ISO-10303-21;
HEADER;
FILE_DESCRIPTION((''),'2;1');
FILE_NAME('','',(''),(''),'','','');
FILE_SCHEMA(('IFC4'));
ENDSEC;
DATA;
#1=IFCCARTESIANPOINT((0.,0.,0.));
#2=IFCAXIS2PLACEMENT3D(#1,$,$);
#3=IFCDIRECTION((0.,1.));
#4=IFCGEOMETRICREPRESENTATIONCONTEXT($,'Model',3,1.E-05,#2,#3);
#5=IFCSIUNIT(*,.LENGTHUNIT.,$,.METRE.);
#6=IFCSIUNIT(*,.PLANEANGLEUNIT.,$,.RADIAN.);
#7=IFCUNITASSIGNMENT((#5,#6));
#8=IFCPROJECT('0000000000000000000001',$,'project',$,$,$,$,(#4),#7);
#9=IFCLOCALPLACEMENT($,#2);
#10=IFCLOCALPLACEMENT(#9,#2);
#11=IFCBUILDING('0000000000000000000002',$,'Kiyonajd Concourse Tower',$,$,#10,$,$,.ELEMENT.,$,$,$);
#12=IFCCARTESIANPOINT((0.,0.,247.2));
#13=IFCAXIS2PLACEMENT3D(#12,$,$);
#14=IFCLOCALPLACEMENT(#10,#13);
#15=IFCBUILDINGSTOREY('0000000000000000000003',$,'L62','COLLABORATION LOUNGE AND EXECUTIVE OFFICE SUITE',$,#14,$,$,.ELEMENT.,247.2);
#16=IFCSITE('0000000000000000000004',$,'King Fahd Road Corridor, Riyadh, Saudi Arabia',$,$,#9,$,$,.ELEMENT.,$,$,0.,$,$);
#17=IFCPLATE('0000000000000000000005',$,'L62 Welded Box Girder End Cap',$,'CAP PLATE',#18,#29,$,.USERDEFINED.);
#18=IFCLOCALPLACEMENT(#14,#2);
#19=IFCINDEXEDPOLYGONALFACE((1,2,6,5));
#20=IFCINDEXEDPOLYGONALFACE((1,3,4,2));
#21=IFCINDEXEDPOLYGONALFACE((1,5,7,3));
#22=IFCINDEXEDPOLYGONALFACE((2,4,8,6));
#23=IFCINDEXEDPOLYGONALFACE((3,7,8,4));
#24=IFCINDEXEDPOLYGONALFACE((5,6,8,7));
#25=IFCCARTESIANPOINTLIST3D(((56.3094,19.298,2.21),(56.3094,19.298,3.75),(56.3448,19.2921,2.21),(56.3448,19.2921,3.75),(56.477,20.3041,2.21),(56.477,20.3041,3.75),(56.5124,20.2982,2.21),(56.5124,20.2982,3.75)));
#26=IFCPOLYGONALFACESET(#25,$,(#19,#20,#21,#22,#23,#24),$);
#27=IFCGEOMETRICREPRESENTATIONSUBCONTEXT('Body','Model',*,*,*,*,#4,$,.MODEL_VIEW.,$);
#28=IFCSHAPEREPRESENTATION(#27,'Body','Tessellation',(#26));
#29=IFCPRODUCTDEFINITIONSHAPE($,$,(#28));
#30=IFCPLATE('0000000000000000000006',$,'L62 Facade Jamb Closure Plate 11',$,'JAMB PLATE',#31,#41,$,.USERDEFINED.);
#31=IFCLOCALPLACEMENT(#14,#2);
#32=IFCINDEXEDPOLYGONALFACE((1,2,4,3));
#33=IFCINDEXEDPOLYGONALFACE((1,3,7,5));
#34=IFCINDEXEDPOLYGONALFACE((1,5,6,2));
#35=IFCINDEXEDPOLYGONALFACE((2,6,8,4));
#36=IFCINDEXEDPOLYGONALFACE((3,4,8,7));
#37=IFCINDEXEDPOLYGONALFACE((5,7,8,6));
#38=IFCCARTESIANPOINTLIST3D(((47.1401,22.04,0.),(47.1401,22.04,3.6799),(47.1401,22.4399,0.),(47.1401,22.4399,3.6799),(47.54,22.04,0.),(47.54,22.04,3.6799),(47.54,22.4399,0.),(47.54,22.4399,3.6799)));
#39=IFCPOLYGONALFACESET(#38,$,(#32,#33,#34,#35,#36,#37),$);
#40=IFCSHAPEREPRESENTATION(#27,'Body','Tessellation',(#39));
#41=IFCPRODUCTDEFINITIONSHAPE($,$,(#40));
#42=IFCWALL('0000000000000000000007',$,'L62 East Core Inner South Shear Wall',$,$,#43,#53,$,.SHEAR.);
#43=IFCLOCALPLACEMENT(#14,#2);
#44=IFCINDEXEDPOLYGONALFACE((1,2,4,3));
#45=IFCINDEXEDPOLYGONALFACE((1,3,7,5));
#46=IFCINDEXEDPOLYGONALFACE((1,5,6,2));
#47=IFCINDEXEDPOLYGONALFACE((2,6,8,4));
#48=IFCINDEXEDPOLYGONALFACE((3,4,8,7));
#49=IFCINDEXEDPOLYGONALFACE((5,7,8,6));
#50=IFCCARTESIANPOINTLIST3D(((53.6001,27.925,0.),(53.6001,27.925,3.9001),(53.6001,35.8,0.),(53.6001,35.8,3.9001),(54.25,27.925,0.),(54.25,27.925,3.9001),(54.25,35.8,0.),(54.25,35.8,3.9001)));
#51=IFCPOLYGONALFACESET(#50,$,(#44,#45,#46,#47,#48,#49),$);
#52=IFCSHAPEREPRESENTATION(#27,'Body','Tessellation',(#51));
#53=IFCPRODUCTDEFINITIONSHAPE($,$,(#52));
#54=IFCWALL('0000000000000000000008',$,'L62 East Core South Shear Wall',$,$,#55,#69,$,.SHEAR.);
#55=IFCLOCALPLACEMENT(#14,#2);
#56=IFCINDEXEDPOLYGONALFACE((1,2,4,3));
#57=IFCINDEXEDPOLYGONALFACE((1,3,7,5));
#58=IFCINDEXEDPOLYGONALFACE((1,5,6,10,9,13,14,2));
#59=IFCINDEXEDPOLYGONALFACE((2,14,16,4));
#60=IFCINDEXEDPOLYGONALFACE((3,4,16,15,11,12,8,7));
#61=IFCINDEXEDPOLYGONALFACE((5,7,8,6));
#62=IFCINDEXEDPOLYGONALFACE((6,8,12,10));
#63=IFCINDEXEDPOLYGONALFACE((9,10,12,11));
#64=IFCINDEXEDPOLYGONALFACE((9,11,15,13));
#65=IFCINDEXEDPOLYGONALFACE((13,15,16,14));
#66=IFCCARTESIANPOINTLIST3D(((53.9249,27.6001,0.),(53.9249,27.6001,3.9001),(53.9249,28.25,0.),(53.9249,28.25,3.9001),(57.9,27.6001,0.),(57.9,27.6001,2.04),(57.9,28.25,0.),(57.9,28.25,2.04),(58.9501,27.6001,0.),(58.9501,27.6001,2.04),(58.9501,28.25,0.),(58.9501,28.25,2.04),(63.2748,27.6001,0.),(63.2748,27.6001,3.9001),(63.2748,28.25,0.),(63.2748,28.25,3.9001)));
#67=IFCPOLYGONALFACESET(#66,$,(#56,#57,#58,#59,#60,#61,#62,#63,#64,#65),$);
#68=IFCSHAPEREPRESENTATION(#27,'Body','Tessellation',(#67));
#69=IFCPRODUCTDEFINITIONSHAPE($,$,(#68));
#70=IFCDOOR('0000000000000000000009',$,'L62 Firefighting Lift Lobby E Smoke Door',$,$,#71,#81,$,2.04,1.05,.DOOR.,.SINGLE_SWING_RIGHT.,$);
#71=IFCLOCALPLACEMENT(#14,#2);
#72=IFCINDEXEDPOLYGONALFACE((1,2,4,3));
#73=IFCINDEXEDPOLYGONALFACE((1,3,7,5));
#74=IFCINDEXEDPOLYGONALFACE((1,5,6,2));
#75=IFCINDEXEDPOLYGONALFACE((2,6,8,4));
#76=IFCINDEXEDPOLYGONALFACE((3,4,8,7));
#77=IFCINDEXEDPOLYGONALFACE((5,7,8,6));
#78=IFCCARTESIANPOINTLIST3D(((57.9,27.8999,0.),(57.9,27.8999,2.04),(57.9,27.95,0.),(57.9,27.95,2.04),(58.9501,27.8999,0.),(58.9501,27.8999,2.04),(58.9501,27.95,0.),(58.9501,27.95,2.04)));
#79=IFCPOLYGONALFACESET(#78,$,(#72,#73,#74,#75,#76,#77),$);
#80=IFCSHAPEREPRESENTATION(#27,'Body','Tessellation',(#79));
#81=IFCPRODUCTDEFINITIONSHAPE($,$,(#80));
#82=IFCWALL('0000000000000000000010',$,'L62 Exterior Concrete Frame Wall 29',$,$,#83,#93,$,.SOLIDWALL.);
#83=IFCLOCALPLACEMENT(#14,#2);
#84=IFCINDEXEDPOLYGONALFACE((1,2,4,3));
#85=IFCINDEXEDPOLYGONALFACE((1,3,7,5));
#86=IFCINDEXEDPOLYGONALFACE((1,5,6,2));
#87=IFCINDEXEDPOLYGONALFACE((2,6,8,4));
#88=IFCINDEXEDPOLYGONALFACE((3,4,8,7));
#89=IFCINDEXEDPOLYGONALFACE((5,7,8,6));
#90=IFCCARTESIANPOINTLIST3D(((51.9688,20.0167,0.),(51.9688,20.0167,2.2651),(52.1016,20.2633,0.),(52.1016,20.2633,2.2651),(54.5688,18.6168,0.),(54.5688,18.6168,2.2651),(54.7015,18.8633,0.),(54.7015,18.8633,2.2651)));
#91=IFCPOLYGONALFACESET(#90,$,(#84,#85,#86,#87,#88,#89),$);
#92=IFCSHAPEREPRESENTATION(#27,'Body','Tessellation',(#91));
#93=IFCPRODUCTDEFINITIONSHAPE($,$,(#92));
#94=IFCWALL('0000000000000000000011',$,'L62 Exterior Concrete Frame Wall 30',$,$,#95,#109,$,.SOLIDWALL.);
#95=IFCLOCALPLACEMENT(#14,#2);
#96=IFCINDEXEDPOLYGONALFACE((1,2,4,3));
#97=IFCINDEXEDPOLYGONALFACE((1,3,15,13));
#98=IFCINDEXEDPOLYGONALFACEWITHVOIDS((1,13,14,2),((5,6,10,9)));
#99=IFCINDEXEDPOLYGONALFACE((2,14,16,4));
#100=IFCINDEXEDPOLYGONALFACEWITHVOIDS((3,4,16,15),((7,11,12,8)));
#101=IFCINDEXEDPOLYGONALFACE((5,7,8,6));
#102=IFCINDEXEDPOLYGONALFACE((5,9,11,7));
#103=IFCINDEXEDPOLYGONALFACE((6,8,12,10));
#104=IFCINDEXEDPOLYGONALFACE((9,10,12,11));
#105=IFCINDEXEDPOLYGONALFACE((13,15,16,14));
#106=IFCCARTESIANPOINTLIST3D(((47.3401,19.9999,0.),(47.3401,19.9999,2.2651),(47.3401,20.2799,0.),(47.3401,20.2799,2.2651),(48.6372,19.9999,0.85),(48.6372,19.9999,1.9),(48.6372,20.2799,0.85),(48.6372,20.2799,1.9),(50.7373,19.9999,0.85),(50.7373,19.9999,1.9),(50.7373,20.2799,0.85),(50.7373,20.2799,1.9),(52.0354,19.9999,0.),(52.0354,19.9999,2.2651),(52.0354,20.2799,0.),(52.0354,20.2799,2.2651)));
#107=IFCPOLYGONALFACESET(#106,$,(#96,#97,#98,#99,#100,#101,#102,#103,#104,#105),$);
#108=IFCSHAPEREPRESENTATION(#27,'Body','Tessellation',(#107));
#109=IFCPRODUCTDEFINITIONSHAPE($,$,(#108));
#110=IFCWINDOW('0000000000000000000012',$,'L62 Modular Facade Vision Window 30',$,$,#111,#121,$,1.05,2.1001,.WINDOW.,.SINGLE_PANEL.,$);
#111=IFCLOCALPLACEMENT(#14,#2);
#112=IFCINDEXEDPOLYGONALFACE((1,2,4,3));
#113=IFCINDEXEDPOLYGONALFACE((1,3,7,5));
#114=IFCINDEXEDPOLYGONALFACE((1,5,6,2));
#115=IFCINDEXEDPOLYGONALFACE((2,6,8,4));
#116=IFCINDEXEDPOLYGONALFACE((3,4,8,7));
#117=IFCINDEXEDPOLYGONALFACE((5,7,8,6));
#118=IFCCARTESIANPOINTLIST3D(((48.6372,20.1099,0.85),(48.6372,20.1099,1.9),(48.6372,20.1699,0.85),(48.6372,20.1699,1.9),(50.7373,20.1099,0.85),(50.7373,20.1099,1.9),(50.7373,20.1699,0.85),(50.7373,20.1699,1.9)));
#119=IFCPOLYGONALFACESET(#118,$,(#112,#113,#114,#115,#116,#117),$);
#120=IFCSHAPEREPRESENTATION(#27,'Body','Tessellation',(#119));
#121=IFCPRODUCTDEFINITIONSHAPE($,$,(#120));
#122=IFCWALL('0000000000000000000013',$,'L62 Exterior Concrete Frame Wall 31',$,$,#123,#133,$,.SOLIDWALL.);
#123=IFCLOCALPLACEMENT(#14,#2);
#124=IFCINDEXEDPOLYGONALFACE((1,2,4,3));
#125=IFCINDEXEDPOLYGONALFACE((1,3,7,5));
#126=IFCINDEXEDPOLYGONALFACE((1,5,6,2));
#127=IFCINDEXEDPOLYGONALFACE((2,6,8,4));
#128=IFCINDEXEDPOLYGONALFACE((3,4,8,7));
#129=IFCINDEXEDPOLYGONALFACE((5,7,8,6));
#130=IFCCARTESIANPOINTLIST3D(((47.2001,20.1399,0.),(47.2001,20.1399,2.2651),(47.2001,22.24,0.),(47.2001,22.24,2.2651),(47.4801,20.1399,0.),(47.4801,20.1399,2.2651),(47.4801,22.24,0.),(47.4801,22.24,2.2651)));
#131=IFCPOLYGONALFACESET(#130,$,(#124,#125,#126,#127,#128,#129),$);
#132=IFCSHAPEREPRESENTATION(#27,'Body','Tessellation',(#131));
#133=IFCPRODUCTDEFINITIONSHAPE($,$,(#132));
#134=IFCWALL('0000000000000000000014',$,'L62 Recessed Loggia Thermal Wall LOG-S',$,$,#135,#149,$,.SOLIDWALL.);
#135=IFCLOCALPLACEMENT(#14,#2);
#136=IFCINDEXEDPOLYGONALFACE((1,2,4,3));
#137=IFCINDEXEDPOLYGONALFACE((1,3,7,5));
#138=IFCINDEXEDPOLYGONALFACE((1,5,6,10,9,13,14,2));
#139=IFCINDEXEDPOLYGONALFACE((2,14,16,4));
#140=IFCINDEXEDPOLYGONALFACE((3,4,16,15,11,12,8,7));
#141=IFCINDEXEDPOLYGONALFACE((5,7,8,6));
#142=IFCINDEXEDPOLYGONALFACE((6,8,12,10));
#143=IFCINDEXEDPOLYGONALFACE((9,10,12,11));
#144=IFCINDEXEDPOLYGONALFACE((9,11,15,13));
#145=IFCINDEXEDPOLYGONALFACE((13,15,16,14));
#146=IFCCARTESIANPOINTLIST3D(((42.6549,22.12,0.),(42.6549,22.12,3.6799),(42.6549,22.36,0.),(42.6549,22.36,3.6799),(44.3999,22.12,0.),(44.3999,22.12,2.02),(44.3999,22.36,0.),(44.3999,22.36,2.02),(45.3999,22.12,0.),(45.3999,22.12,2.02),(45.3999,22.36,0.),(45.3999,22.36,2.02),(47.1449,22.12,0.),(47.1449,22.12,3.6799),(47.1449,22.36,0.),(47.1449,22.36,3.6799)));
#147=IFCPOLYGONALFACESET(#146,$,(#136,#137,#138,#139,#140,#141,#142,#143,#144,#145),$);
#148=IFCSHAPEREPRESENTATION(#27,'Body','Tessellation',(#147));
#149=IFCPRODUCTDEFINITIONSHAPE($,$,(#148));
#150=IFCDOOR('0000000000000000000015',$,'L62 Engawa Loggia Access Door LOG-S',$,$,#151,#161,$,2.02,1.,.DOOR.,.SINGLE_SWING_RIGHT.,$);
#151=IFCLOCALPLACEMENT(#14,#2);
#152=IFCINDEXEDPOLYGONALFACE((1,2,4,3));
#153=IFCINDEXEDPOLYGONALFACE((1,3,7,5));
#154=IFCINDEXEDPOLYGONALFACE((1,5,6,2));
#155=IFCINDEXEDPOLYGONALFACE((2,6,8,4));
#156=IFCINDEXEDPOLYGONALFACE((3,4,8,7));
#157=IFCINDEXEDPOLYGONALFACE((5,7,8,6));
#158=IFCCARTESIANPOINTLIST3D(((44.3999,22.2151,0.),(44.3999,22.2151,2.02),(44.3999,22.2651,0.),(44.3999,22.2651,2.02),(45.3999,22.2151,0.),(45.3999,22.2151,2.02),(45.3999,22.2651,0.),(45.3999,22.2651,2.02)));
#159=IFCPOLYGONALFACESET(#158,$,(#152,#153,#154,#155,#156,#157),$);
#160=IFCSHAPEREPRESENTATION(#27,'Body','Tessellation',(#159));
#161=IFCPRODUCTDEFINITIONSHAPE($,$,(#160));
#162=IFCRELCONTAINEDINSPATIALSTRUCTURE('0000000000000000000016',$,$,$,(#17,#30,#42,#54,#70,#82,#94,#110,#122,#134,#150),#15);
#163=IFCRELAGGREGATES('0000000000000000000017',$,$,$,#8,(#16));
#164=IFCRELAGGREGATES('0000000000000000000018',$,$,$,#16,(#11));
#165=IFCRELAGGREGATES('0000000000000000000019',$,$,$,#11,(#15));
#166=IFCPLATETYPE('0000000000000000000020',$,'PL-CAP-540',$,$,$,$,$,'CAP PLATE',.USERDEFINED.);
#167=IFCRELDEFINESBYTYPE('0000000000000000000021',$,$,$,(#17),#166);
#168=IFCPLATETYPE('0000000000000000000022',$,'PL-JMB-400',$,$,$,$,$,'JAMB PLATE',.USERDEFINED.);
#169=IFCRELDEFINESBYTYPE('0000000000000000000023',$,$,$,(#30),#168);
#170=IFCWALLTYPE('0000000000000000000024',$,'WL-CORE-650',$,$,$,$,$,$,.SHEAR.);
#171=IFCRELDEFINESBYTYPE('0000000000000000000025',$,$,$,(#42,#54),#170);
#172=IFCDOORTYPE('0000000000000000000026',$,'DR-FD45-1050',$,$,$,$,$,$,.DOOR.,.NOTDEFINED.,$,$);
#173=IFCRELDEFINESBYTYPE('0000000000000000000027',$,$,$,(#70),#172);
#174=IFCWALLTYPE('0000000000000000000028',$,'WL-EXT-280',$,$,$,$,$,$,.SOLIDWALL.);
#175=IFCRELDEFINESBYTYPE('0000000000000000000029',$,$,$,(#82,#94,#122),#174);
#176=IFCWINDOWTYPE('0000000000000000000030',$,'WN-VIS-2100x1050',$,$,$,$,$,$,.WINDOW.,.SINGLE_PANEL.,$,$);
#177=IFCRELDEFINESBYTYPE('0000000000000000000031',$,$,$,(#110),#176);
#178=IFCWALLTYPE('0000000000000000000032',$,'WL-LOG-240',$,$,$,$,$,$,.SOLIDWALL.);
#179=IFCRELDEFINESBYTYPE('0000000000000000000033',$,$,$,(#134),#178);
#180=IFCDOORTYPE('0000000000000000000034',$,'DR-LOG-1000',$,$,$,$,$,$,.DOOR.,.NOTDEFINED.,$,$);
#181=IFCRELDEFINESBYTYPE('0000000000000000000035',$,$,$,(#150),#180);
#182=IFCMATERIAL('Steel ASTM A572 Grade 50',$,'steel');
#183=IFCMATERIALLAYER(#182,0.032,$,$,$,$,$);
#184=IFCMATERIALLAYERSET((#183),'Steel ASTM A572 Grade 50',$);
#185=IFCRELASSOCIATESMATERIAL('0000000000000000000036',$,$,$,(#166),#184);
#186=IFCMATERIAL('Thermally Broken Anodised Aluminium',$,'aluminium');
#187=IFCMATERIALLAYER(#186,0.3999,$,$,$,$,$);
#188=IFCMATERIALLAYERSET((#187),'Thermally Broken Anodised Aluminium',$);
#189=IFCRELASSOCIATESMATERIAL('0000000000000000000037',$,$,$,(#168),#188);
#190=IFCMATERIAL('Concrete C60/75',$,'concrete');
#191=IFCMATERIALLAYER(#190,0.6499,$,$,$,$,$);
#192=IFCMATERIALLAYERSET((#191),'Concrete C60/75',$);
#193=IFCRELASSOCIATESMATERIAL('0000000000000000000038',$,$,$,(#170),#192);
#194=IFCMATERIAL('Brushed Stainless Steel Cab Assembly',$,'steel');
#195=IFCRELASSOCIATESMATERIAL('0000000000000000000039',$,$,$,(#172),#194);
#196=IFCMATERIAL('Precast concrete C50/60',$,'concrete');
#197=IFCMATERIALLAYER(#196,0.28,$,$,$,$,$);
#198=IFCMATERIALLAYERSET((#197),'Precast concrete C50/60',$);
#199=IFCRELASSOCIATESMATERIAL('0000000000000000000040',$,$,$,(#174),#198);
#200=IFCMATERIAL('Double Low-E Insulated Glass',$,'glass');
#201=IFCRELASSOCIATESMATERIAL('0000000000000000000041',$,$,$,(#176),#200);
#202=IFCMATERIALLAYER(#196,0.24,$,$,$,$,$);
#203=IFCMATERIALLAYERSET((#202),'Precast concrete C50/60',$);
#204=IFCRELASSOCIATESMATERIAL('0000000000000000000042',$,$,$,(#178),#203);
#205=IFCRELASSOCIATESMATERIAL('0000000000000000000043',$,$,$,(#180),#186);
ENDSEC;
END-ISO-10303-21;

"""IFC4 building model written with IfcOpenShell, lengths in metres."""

from ifc_helpers import new_model, si_unit, direction, frame, frame_2d, origin, origin_2d, place, context, subcontext, project, spatial, rectangle, extrude, material, layer, layer_set, type_object, element, fill, save


model = new_model("IFC4")

# Units and contexts
model_context = context("Model", 3, precision=1e-05, world=origin(), true_north=direction((0.0, 1.0)))
body_context = subcontext(model_context, "Body", "Model", "MODEL_VIEW")
ifc_project = project(units=[si_unit("LENGTHUNIT", "METRE"), si_unit("PLANEANGLEUNIT", "RADIAN")], contexts=[model_context])

# Site, building, storey
site_placement = place(None, origin())
site = spatial("IfcSite", under=ifc_project, at=site_placement, Name="King Fahd Road Corridor, Riyadh, Saudi Arabia", CompositionType="ELEMENT", RefElevation=0.0)
building_placement = place(site_placement, origin())
building = spatial("IfcBuilding", under=site, at=building_placement, Name="Kiyonajd Concourse Tower", CompositionType="ELEMENT")
storey_placement = place(building_placement, frame((0.0, 0.0, 247.2)))
storey = spatial("IfcBuildingStorey", under=building, at=storey_placement, Name="L62", Description="COLLABORATION LOUNGE AND EXECUTIVE OFFICE SUITE", CompositionType="ELEMENT", Elevation=247.2)

# Shared definitions
ifc_material_1 = material(Name="Concrete C60/75", Category="concrete")

# Shared definitions
ifc_material_2 = material(Name="Steel ASTM A572 Grade 50", Category="steel")

# Plates
ifc_layer_1 = layer(ifc_material_2, 0.032)
ifc_layer_set_1 = layer_set([ifc_layer_1], Name="Steel ASTM A572 Grade 50")
plate_type_1 = type_object("IfcPlateType", Name="PL-CAP-540", ElementType="CAP PLATE", PredefinedType="USERDEFINED", material=ifc_layer_set_1)
for number, where, z_axis, x_axis, name in (
    (1, (56.4109, 19.7981, 2.21), (0.0, 0.0, 1.0), (0.986401, -0.164359, 0.0), "L62 Welded Box Girder End Cap"),
):
    element("IfcPlate", number, at=place(storey_placement, frame(where, z_axis=z_axis, x_axis=x_axis)), inside=storey, type_object=plate_type_1, Name=name, ObjectType="CAP PLATE", PredefinedType="USERDEFINED", context=body_context, shape_type="SweptSolid", body=[
        extrude(rectangle(XDim=0.0359, YDim=1.02, at=origin_2d()), origin(), (0.0, 0.0, 1.0), 1.54),
    ])
ifc_material_3 = material(Name="Thermally Broken Anodised Aluminium", Category="aluminium")
ifc_layer_2 = layer(ifc_material_3, 0.3999)
ifc_layer_set_2 = layer_set([ifc_layer_2], Name="Thermally Broken Anodised Aluminium")
plate_type_2 = type_object("IfcPlateType", Name="PL-JMB-400", ElementType="JAMB PLATE", PredefinedType="USERDEFINED", material=ifc_layer_set_2)
plate_placement = place(storey_placement, frame((47.3401, 22.24, 0.0), z_axis=(0.0, 0.0, 1.0), x_axis=(1.0, 0.0, 0.0)))
element("IfcPlate", 2, at=plate_placement, inside=storey, type_object=plate_type_2, Name="L62 Facade Jamb Closure Plate 11", ObjectType="JAMB PLATE", PredefinedType="USERDEFINED", context=body_context, shape_type="SweptSolid", body=[
    extrude(rectangle(XDim=0.3999, YDim=0.3999, at=origin_2d()), origin(), (0.0, 0.0, 1.0), 3.6799),
])

# Wall
ifc_layer_3 = layer(ifc_material_1, 0.6499)
ifc_layer_set_3 = layer_set([ifc_layer_3], Name="Concrete C60/75")
wall_type_1 = type_object("IfcWallType", Name="WL-CORE-650", PredefinedType="SHEAR", material=ifc_layer_set_3)
wall_1_placement = place(storey_placement, frame((53.925, 27.925, 0.0), z_axis=(0.0, 0.0, 1.0), x_axis=(0.0, 1.0, 0.0)))
element("IfcWall", 3, at=wall_1_placement, inside=storey, type_object=wall_type_1, Name="L62 East Core Inner South Shear Wall", PredefinedType="SHEAR", context=body_context, shape_type="SweptSolid", body=[
    extrude(rectangle(XDim=7.875, YDim=0.6499, at=frame_2d((3.9375, 0.0))), origin(), (0.0, 0.0, 1.0), 3.9001),
])

# Wall, opening, door
wall_2_placement = place(storey_placement, frame((53.925, 27.925, 0.0), z_axis=(0.0, 0.0, 1.0), x_axis=(1.0, 0.0, 0.0)))
wall_2 = element("IfcWall", 4, at=wall_2_placement, inside=storey, type_object=wall_type_1, Name="L62 East Core South Shear Wall", PredefinedType="SHEAR", context=body_context, shape_type="SweptSolid", body=[
    extrude(rectangle(XDim=9.3499, YDim=0.6499, at=frame_2d((4.6748, 0.0))), origin(), (0.0, 0.0, 1.0), 3.9001),
])
opening_1_placement = place(wall_2_placement, frame((3.9751, 0.0, 0.0)))
opening_1 = element("IfcOpeningElement", 5, at=opening_1_placement, cuts=wall_2, PredefinedType="OPENING", context=body_context, shape_type="SweptSolid", body=[
    extrude(rectangle(XDim=1.05, YDim=2.04, at=frame_2d((0.5249, 1.02))), frame((0.0, 0.335, 0.0), z_axis=(0.0, -1.0, 0.0), x_axis=(1.0, 0.0, 0.0)), (0.0, 0.0, 1.0), 0.6699),
])
ifc_material_4 = material(Name="Brushed Stainless Steel Cab Assembly", Category="steel")
door_type_1 = type_object("IfcDoorType", Name="DR-FD45-1050", OperationType="NOTDEFINED", PredefinedType="DOOR", material=ifc_material_4)
door_1_placement = place(opening_1_placement, origin())
door_1 = element("IfcDoor", 6, at=door_1_placement, inside=storey, type_object=door_type_1, Name="L62 Firefighting Lift Lobby E Smoke Door", OperationType="SINGLE_SWING_RIGHT", OverallHeight=2.04, OverallWidth=1.05, PredefinedType="DOOR", context=body_context, shape_type="SweptSolid", body=[
    extrude(rectangle(XDim=1.05, YDim=2.04, at=frame_2d((0.5249, 1.02))), frame((0.0, 0.0249, 0.0), z_axis=(0.0, -1.0, 0.0), x_axis=(1.0, 0.0, 0.0)), (0.0, 0.0, 1.0), 0.05),
])
fill(opening_1, door_1)

# Wall
ifc_material_5 = material(Name="Precast concrete C50/60", Category="concrete")
ifc_layer_4 = layer(ifc_material_5, 0.28)
ifc_layer_set_4 = layer_set([ifc_layer_4], Name="Precast concrete C50/60")
wall_type_2 = type_object("IfcWallType", Name="WL-EXT-280", PredefinedType="SOLIDWALL", material=ifc_layer_set_4)
wall_3_placement = place(storey_placement, frame((54.6353, 18.74, 0.0), z_axis=(0.0, 0.0, 1.0), x_axis=(-0.880474, 0.474095, 0.0)))
element("IfcWall", 7, at=wall_3_placement, inside=storey, type_object=wall_type_2, Name="L62 Exterior Concrete Frame Wall 29", PredefinedType="SOLIDWALL", context=body_context, shape_type="SweptSolid", body=[
    extrude(rectangle(XDim=2.9529, YDim=0.28, at=frame_2d((1.4766, 0.0))), origin(), (0.0, 0.0, 1.0), 2.2651),
])

# Wall, opening, window
wall_4_placement = place(storey_placement, frame((52.0354, 20.1399, 0.0), z_axis=(0.0, 0.0, 1.0), x_axis=(-1.0, 0.0, 0.0)))
wall_4 = element("IfcWall", 8, at=wall_4_placement, inside=storey, type_object=wall_type_2, Name="L62 Exterior Concrete Frame Wall 30", PredefinedType="SOLIDWALL", context=body_context, shape_type="SweptSolid", body=[
    extrude(rectangle(XDim=4.6953, YDim=0.28, at=frame_2d((2.3477, 0.0))), origin(), (0.0, 0.0, 1.0), 2.2651),
])
opening_2_placement = place(wall_4_placement, frame((1.2981, 0.0, 0.8501)))
opening_2 = element("IfcOpeningElement", 9, at=opening_2_placement, cuts=wall_4, PredefinedType="OPENING", context=body_context, shape_type="SweptSolid", body=[
    extrude(rectangle(XDim=2.1001, YDim=1.05, at=frame_2d((1.05, 0.5249))), frame((0.0, 0.1499, 0.0), z_axis=(0.0, -1.0, 0.0), x_axis=(1.0, 0.0, 0.0)), (0.0, 0.0, 1.0), 0.3),
])
ifc_material_6 = material(Name="Double Low-E Insulated Glass", Category="glass")
window_type = type_object("IfcWindowType", Name="WN-VIS-2100x1050", PartitioningType="SINGLE_PANEL", PredefinedType="WINDOW", material=ifc_material_6)
window_placement = place(opening_2_placement, origin())
window = element("IfcWindow", 10, at=window_placement, inside=storey, type_object=window_type, Name="L62 Modular Facade Vision Window 30", OverallHeight=1.05, OverallWidth=2.1001, PartitioningType="SINGLE_PANEL", PredefinedType="WINDOW", context=body_context, shape_type="SweptSolid", body=[
    extrude(rectangle(XDim=2.1001, YDim=1.05, at=frame_2d((1.05, 0.5249))), frame((0.0, 0.03, 0.0), z_axis=(0.0, -1.0, 0.0), x_axis=(1.0, 0.0, 0.0)), (0.0, 0.0, 1.0), 0.0601),
])
fill(opening_2, window)

# Wall
wall_5_placement = place(storey_placement, frame((47.3401, 20.1399, 0.0), z_axis=(0.0, 0.0, 1.0), x_axis=(0.0, 1.0, 0.0)))
element("IfcWall", 11, at=wall_5_placement, inside=storey, type_object=wall_type_2, Name="L62 Exterior Concrete Frame Wall 31", PredefinedType="SOLIDWALL", context=body_context, shape_type="SweptSolid", body=[
    extrude(rectangle(XDim=2.1001, YDim=0.28, at=frame_2d((1.05, 0.0))), origin(), (0.0, 0.0, 1.0), 2.2651),
])

# Wall, opening, door
ifc_layer_5 = layer(ifc_material_5, 0.24)
ifc_layer_set_5 = layer_set([ifc_layer_5], Name="Precast concrete C50/60")
wall_type_3 = type_object("IfcWallType", Name="WL-LOG-240", PredefinedType="SOLIDWALL", material=ifc_layer_set_5)
wall_6_placement = place(storey_placement, frame((47.145, 22.24, 0.0), z_axis=(0.0, 0.0, 1.0), x_axis=(-1.0, 0.0, 0.0)))
wall_6 = element("IfcWall", 12, at=wall_6_placement, inside=storey, type_object=wall_type_3, Name="L62 Recessed Loggia Thermal Wall LOG-S", PredefinedType="SOLIDWALL", context=body_context, shape_type="SweptSolid", body=[
    extrude(rectangle(XDim=4.49, YDim=0.24, at=frame_2d((2.2451, 0.0))), origin(), (0.0, 0.0, 1.0), 3.6799),
])
opening_3_placement = place(wall_6_placement, frame((1.7451, 0.0, 0.0)))
opening_3 = element("IfcOpeningElement", 13, at=opening_3_placement, cuts=wall_6, PredefinedType="OPENING", context=body_context, shape_type="SweptSolid", body=[
    extrude(rectangle(XDim=1.0, YDim=2.02, at=frame_2d((0.5, 1.01))), frame((0.0, 0.1299, 0.0), z_axis=(0.0, -1.0, 0.0), x_axis=(1.0, 0.0, 0.0)), (0.0, 0.0, 1.0), 0.26),
])
door_type_2 = type_object("IfcDoorType", Name="DR-LOG-1000", OperationType="NOTDEFINED", PredefinedType="DOOR", material=ifc_material_3)
door_2_placement = place(opening_3_placement, origin())
door_2 = element("IfcDoor", 14, at=door_2_placement, inside=storey, type_object=door_type_2, Name="L62 Engawa Loggia Access Door LOG-S", OperationType="SINGLE_SWING_RIGHT", OverallHeight=2.02, OverallWidth=1.0, PredefinedType="DOOR", context=body_context, shape_type="SweptSolid", body=[
    extrude(rectangle(XDim=1.0, YDim=2.02, at=frame_2d((0.5, 1.01))), frame((0.0, 0.0249, 0.0), z_axis=(0.0, -1.0, 0.0), x_axis=(1.0, 0.0, 0.0)), (0.0, 0.0, 1.0), 0.05),
])
fill(opening_3, door_2)

save(model, "model.ifc")
